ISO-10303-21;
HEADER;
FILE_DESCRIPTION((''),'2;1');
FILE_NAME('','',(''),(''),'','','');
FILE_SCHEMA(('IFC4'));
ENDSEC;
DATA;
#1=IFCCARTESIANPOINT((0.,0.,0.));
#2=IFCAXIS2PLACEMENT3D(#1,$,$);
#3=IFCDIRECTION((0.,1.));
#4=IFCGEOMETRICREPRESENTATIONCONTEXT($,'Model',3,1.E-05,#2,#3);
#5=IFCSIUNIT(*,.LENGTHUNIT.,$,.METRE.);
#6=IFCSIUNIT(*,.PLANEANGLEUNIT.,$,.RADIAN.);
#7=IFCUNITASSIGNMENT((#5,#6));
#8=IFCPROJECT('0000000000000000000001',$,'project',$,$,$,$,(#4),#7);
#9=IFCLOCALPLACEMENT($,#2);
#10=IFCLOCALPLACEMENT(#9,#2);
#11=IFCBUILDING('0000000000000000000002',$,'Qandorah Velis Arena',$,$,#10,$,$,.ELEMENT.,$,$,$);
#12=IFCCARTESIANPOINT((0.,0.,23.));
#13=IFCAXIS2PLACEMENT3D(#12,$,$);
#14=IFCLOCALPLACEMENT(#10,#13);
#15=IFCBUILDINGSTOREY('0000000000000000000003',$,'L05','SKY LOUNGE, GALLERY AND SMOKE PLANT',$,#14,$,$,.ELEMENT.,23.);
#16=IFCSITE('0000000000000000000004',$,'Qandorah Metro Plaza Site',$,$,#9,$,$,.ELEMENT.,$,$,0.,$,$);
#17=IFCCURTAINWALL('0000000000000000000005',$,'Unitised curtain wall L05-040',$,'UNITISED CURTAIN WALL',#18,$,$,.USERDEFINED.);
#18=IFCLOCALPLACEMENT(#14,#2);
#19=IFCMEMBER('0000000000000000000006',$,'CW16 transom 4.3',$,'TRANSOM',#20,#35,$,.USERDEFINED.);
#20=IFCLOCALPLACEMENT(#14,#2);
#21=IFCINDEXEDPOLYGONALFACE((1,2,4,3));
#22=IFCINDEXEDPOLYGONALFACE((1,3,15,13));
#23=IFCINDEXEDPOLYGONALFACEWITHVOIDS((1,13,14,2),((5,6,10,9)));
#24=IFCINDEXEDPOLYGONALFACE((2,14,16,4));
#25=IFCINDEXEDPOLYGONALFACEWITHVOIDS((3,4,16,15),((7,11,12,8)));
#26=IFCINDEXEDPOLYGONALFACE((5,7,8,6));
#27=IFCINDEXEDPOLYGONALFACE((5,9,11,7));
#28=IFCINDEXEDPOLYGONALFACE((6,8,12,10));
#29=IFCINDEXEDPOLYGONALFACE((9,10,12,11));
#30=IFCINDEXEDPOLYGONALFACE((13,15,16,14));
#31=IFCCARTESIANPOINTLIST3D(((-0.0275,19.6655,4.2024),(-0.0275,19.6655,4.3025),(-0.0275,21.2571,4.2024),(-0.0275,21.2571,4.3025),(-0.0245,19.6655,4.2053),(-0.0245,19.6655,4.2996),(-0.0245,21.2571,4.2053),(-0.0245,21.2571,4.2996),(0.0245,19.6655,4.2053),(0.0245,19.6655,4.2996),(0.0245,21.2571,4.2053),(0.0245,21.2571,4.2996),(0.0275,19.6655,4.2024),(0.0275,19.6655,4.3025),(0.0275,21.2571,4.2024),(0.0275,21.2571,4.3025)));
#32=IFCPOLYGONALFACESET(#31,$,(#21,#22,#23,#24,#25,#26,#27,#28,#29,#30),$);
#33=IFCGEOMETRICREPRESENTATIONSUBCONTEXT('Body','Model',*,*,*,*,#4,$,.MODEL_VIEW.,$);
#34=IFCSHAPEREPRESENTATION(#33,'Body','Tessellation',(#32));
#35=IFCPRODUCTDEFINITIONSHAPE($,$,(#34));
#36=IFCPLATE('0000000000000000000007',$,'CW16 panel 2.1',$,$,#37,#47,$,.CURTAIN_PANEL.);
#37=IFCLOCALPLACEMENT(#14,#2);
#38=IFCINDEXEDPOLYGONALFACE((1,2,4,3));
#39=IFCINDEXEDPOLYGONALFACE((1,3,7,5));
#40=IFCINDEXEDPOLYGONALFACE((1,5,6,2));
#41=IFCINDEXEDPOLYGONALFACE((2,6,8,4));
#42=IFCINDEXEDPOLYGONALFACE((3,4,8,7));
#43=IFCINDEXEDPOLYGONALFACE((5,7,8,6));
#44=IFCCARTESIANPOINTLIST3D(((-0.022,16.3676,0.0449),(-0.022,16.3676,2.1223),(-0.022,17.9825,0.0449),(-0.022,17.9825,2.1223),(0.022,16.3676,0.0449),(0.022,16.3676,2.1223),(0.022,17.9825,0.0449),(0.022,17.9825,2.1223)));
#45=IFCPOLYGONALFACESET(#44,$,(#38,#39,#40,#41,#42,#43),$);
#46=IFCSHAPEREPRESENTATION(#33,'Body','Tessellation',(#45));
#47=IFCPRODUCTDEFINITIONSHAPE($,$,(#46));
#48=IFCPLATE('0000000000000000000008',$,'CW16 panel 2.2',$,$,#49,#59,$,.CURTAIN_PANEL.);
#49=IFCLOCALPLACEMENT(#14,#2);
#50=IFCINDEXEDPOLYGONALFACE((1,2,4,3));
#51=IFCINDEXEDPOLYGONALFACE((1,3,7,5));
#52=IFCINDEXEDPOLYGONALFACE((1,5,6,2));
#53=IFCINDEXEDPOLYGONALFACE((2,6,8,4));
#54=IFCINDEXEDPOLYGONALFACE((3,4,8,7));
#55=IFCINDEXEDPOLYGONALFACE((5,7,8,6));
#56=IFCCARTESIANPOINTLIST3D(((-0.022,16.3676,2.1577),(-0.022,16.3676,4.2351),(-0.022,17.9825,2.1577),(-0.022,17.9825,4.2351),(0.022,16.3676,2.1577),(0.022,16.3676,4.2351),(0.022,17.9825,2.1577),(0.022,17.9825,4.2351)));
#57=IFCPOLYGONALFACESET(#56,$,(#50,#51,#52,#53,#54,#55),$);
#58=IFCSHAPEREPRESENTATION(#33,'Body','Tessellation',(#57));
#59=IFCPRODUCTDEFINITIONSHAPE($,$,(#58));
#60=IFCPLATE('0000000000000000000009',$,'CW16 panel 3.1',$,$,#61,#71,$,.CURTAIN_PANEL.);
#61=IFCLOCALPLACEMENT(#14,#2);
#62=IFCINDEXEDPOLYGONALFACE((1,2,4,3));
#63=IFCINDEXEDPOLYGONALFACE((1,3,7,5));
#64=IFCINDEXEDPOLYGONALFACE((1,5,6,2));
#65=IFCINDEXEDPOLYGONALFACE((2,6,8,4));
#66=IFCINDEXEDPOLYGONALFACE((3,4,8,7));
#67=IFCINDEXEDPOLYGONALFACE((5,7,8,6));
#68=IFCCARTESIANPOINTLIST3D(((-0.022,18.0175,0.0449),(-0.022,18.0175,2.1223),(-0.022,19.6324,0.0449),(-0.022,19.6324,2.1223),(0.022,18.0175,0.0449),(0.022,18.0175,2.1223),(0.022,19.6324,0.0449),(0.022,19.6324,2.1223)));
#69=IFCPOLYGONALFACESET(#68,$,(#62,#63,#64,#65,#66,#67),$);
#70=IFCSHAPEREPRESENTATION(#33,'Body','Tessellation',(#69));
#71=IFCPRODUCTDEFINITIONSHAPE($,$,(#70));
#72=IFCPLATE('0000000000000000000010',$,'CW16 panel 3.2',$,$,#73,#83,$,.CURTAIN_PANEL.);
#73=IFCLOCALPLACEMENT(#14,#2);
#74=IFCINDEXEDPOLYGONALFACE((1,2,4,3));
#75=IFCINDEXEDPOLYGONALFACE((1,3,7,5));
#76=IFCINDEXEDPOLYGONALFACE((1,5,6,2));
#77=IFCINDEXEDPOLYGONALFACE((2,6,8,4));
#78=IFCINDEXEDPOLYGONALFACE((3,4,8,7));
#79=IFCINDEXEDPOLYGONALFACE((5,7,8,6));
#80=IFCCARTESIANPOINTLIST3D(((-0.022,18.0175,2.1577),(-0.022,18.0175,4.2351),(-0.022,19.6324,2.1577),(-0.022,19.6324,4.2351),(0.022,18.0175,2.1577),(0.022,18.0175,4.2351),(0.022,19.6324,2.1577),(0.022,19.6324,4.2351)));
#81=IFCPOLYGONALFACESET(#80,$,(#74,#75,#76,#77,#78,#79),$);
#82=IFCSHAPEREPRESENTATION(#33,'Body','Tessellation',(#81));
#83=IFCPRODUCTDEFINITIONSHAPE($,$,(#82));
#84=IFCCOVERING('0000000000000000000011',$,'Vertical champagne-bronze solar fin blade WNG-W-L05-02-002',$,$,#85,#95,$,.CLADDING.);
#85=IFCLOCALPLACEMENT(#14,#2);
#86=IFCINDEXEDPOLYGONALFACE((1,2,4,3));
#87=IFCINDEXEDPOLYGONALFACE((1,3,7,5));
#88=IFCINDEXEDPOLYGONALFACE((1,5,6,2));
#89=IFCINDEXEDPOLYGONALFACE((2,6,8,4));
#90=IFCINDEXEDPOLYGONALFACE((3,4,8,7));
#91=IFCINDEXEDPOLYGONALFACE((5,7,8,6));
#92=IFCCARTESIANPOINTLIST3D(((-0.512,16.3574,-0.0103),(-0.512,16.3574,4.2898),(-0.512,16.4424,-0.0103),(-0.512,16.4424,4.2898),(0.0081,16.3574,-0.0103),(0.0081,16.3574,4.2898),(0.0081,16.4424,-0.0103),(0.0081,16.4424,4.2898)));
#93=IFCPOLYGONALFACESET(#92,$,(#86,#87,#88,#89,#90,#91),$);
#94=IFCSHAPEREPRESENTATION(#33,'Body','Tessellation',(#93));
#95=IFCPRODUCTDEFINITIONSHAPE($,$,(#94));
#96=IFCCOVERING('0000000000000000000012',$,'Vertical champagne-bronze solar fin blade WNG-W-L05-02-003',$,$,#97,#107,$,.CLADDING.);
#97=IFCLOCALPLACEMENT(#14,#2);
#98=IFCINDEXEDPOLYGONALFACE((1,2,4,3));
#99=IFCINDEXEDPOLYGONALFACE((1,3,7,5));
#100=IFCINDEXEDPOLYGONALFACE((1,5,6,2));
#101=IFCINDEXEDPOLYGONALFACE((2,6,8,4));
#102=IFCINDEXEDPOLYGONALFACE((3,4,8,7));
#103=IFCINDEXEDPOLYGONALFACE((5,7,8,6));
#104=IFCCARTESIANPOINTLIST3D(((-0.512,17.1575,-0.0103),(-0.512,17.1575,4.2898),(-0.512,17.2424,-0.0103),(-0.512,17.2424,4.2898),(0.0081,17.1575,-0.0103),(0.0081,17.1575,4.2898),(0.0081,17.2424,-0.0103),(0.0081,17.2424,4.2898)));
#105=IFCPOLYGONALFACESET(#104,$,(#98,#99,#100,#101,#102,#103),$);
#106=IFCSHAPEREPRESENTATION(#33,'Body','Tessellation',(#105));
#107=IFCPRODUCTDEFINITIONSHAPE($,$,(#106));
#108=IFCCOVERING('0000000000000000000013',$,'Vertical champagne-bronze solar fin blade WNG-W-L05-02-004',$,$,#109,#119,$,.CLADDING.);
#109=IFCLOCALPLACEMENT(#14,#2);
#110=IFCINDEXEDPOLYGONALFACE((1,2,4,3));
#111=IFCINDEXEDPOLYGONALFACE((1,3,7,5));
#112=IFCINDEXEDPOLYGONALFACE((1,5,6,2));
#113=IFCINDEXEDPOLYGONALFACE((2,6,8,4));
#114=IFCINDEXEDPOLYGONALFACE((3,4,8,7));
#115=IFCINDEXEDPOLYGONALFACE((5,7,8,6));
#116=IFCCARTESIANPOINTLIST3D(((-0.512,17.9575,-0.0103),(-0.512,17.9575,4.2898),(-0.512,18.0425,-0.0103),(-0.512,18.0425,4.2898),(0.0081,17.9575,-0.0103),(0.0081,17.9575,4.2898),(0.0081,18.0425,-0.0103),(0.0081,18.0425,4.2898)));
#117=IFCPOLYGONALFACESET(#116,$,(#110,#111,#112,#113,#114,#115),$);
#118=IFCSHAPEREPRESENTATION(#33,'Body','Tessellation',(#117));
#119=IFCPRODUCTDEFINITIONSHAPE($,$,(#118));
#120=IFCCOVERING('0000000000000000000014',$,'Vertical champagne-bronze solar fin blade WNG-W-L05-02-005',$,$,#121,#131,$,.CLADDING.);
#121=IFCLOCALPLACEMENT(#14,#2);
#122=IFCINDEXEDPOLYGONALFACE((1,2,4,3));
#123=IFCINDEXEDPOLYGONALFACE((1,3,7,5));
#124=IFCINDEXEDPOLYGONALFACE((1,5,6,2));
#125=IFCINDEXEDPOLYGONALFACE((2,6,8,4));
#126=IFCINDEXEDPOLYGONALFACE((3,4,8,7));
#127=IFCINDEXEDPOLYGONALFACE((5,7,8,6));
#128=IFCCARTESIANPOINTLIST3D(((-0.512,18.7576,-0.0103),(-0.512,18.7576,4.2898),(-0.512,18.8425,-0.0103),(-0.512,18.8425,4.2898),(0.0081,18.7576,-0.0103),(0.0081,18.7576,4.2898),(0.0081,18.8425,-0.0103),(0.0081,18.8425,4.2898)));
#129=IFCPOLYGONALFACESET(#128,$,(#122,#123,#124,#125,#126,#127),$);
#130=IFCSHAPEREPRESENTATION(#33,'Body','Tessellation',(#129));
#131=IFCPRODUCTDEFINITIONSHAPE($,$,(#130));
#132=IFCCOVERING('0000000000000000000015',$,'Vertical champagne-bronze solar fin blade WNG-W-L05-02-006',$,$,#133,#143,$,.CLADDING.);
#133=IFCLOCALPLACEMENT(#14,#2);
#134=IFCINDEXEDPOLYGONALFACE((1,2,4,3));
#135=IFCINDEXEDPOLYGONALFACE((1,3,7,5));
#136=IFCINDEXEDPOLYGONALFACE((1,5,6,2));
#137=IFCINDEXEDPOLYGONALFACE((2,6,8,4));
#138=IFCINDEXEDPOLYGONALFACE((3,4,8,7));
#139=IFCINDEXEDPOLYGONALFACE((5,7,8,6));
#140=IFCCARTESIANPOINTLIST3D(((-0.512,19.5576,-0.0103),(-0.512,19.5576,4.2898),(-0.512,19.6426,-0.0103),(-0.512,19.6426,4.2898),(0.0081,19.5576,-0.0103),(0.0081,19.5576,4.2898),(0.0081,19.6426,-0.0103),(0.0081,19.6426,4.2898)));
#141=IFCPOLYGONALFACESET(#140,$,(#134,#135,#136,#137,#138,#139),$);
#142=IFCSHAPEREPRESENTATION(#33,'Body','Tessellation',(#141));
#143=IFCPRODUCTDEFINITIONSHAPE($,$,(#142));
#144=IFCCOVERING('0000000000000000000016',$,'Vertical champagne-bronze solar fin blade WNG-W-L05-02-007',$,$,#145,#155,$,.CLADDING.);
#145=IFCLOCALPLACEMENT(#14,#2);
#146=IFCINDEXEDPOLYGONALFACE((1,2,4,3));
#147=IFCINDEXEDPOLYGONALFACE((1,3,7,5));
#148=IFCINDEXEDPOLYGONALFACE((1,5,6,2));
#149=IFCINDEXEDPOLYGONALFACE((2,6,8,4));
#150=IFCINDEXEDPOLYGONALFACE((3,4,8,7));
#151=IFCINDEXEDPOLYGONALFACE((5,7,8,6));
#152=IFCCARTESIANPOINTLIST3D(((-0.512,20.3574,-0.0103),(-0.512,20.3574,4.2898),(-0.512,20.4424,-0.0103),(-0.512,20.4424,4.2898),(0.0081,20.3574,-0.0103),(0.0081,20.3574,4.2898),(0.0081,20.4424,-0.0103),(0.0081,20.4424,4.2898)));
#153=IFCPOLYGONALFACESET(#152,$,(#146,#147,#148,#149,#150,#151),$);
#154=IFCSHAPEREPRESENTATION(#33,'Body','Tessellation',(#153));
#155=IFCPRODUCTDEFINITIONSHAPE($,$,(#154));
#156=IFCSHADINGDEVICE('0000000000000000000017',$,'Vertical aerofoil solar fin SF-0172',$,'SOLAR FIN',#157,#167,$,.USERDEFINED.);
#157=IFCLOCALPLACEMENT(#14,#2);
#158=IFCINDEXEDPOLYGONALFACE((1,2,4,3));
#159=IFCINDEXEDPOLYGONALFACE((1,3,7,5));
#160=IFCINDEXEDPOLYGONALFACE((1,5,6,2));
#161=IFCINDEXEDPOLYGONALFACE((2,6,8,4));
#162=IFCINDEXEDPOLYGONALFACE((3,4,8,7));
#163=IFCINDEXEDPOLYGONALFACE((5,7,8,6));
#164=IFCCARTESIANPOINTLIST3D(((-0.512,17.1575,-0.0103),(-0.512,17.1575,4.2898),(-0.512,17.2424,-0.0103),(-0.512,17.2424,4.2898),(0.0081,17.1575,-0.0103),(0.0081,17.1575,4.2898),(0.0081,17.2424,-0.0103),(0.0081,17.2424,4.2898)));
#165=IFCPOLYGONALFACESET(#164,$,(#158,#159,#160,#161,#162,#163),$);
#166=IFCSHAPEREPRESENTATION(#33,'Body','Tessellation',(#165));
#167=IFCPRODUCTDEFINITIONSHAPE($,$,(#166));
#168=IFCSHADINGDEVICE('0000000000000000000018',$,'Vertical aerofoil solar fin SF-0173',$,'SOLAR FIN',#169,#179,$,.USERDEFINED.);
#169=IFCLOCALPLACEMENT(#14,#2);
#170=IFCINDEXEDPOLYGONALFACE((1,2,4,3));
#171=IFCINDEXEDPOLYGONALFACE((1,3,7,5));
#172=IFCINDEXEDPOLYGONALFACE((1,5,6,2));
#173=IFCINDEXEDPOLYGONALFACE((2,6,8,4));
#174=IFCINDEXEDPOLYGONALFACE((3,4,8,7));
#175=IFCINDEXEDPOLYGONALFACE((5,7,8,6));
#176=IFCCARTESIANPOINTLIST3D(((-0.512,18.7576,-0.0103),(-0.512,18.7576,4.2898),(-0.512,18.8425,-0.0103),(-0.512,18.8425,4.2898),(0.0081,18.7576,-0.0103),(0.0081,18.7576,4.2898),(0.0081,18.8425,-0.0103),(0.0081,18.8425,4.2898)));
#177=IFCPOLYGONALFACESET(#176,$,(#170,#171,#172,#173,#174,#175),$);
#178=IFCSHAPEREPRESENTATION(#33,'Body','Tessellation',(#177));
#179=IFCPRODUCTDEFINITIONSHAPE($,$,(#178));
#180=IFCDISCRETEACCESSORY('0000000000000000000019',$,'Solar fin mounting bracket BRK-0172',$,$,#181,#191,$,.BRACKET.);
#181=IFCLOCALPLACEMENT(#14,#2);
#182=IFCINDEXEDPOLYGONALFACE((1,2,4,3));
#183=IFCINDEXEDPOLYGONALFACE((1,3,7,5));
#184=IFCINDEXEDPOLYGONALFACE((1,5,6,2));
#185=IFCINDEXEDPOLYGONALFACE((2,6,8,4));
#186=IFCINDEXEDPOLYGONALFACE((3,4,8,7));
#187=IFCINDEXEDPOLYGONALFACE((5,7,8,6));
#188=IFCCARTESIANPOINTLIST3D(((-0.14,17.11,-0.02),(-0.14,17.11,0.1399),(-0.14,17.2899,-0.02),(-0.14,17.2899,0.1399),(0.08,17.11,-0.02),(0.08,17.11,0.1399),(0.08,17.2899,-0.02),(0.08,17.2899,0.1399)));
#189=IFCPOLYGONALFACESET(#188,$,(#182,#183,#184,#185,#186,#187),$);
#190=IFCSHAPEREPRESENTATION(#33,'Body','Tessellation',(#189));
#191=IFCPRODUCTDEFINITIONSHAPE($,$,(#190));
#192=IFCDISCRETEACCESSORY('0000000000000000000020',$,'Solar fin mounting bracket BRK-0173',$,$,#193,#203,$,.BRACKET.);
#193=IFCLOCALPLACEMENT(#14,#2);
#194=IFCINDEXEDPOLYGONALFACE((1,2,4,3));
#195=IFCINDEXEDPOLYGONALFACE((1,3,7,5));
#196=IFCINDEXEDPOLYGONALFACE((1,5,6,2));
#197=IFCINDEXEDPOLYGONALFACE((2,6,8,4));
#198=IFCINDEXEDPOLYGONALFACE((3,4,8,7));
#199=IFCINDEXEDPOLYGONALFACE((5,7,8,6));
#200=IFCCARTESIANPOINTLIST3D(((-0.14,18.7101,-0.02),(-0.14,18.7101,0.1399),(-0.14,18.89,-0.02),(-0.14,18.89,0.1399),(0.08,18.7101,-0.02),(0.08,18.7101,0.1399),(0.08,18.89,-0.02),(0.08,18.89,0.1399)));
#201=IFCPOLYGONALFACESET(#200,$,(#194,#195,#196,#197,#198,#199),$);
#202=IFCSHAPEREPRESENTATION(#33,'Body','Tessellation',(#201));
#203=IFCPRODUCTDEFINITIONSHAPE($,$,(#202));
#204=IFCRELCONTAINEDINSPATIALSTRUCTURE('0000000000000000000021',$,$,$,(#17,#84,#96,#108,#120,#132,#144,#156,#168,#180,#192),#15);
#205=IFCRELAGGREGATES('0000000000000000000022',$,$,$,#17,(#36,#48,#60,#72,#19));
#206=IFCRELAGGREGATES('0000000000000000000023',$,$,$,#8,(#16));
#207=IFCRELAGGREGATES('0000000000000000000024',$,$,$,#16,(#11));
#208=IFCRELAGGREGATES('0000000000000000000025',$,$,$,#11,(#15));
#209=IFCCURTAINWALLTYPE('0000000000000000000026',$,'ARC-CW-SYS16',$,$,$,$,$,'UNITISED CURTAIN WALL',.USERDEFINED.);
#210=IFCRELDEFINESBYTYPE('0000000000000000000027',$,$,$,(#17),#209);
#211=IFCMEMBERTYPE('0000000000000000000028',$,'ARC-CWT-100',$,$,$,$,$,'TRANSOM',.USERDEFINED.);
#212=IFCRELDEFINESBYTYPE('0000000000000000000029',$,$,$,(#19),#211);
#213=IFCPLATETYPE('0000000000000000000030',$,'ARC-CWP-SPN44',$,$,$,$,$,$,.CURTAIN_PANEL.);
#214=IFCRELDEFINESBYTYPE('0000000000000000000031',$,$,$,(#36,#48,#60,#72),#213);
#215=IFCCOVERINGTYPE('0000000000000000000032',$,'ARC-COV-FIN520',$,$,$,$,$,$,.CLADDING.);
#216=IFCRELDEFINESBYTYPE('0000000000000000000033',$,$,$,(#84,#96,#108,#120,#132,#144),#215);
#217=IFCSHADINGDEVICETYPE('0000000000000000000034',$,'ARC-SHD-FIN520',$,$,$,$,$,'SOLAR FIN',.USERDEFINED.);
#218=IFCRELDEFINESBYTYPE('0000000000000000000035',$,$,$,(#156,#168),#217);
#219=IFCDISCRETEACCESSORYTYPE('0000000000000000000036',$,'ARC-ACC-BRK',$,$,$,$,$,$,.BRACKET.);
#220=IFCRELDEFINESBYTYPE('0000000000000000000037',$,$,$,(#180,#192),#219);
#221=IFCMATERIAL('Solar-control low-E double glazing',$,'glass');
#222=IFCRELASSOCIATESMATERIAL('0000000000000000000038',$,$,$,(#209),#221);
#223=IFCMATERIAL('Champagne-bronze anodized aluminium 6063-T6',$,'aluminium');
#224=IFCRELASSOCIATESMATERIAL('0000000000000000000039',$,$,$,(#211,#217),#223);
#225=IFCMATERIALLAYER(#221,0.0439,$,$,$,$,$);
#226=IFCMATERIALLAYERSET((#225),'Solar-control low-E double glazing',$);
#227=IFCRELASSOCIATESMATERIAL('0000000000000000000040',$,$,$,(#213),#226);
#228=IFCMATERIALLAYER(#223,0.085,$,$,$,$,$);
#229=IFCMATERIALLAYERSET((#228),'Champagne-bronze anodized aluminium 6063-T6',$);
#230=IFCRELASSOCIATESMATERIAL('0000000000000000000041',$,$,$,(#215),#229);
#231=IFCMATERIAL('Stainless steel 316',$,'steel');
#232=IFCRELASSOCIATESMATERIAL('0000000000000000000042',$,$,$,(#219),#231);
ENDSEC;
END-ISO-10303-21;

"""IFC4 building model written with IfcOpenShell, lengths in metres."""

from ifc_helpers import new_model, si_unit, direction, frame, origin, origin_2d, place, context, subcontext, project, spatial, rectangle, hollow_rectangle, extrude, material, layer, layer_set, material_profile, profile_set, type_object, element, aggregate, save


model = new_model("IFC4")

# Units and contexts
model_context = context("Model", 3, precision=1e-05, world=origin(), true_north=direction((0.0, 1.0)))
body_context = subcontext(model_context, "Body", "Model", "MODEL_VIEW")
ifc_project = project(units=[si_unit("LENGTHUNIT", "METRE"), si_unit("PLANEANGLEUNIT", "RADIAN")], contexts=[model_context])

# Site, building, storey
site_placement = place(None, origin())
site = spatial("IfcSite", under=ifc_project, at=site_placement, Name="Qandorah Metro Plaza Site", CompositionType="ELEMENT", RefElevation=0.0)
building_placement = place(site_placement, origin())
building = spatial("IfcBuilding", under=site, at=building_placement, Name="Qandorah Velis Arena", CompositionType="ELEMENT")
storey_placement = place(building_placement, frame((0.0, 0.0, 23.0)))
storey = spatial("IfcBuildingStorey", under=building, at=storey_placement, Name="L05", Description="SKY LOUNGE, GALLERY AND SMOKE PLANT", CompositionType="ELEMENT", Elevation=23.0)

# Curtain wall, member, plates
ifc_material_1 = material(Name="Solar-control low-E double glazing", Category="glass")
curtain_wall_type = type_object("IfcCurtainWallType", Name="ARC-CW-SYS16", ElementType="UNITISED CURTAIN WALL", PredefinedType="USERDEFINED", material=ifc_material_1)
curtain_wall_placement = place(storey_placement, origin())
curtain_wall = element("IfcCurtainWall", 1, at=curtain_wall_placement, inside=storey, type_object=curtain_wall_type, Name="Unitised curtain wall L05-040", ObjectType="UNITISED CURTAIN WALL", PredefinedType="USERDEFINED")
ifc_material_2 = material(Name="Champagne-bronze anodized aluminium 6063-T6", Category="aluminium")
ifc_material_profile_1 = material_profile(ifc_material_2, hollow_rectangle(XDim=0.0549, YDim=0.1001, WallThickness=0.0029, at=origin_2d()), Name="ALU TRANSOM 55x100")
ifc_profile_set_1 = profile_set([ifc_material_profile_1], Name="Champagne-bronze anodized aluminium 6063-T6")
member_type_1 = type_object("IfcMemberType", Name="ARC-CWT-100", ElementType="TRANSOM", PredefinedType="USERDEFINED", material=ifc_profile_set_1)
member_1_placement = place(storey_placement, frame((0.0, 19.6655, 4.2524), z_axis=(0.0, 1.0, 0.0), x_axis=(-1.0, 0.0, 0.0)))
member_1 = element("IfcMember", 2, at=member_1_placement, type_object=member_type_1, Name="CW16 transom 4.3", ObjectType="TRANSOM", PredefinedType="USERDEFINED", context=body_context, shape_type="SweptSolid", body=[
    extrude(hollow_rectangle(XDim=0.0549, YDim=0.1001, WallThickness=0.0029, at=origin_2d()), origin(), (0.0, 0.0, 1.0), 1.5916),
])
ifc_layer_1 = layer(ifc_material_1, 0.0439)
ifc_layer_set_1 = layer_set([ifc_layer_1], Name="Solar-control low-E double glazing")
plate_type = type_object("IfcPlateType", Name="ARC-CWP-SPN44", PredefinedType="CURTAIN_PANEL", material=ifc_layer_set_1)
plate_1_placement = place(storey_placement, frame((0.0, 17.175, 0.0449), z_axis=(0.0, 0.0, 1.0), x_axis=(0.0, 1.0, 0.0)))
plate_1 = element("IfcPlate", 3, at=plate_1_placement, type_object=plate_type, Name="CW16 panel 2.1", PredefinedType="CURTAIN_PANEL", context=body_context, shape_type="SweptSolid", body=[
    extrude(rectangle(XDim=1.615, YDim=0.0439, at=origin_2d()), origin(), (0.0, 0.0, 1.0), 2.0774),
])
plate_2_placement = place(storey_placement, frame((0.0, 17.175, 2.1577), z_axis=(0.0, 0.0, 1.0), x_axis=(0.0, 1.0, 0.0)))
plate_2 = element("IfcPlate", 4, at=plate_2_placement, type_object=plate_type, Name="CW16 panel 2.2", PredefinedType="CURTAIN_PANEL", context=body_context, shape_type="SweptSolid", body=[
    extrude(rectangle(XDim=1.615, YDim=0.0439, at=origin_2d()), origin(), (0.0, 0.0, 1.0), 2.0774),
])
plate_3_placement = place(storey_placement, frame((0.0, 18.825, 0.0449), z_axis=(0.0, 0.0, 1.0), x_axis=(0.0, 1.0, 0.0)))
plate_3 = element("IfcPlate", 5, at=plate_3_placement, type_object=plate_type, Name="CW16 panel 3.1", PredefinedType="CURTAIN_PANEL", context=body_context, shape_type="SweptSolid", body=[
    extrude(rectangle(XDim=1.615, YDim=0.0439, at=origin_2d()), origin(), (0.0, 0.0, 1.0), 2.0774),
])
plate_4_placement = place(storey_placement, frame((0.0, 18.825, 2.1577), z_axis=(0.0, 0.0, 1.0), x_axis=(0.0, 1.0, 0.0)))
plate_4 = element("IfcPlate", 6, at=plate_4_placement, type_object=plate_type, Name="CW16 panel 3.2", PredefinedType="CURTAIN_PANEL", context=body_context, shape_type="SweptSolid", body=[
    extrude(rectangle(XDim=1.615, YDim=0.0439, at=origin_2d()), origin(), (0.0, 0.0, 1.0), 2.0774),
])
aggregate(curtain_wall, [plate_1, plate_2, plate_3, plate_4, member_1])

# Coverings
ifc_layer_2 = layer(ifc_material_2, 0.085)
ifc_layer_set_2 = layer_set([ifc_layer_2], Name="Champagne-bronze anodized aluminium 6063-T6")
covering_type = type_object("IfcCoveringType", Name="ARC-COV-FIN520", PredefinedType="CLADDING", material=ifc_layer_set_2)
for number, where, z_axis, x_axis, name in (
    (7, (-0.252, 16.3999, -0.0103), (0.0, 0.0, 1.0), (1.0, 0.0, 0.0), "Vertical champagne-bronze solar fin blade WNG-W-L05-02-002"),
    (8, (-0.252, 17.2, -0.0103), (0.0, 0.0, 1.0), (1.0, 0.0, 0.0), "Vertical champagne-bronze solar fin blade WNG-W-L05-02-003"),
    (9, (-0.252, 18.0, -0.0103), (0.0, 0.0, 1.0), (1.0, 0.0, 0.0), "Vertical champagne-bronze solar fin blade WNG-W-L05-02-004"),
    (10, (-0.252, 18.8, -0.0103), (0.0, 0.0, 1.0), (1.0, 0.0, 0.0), "Vertical champagne-bronze solar fin blade WNG-W-L05-02-005"),
    (11, (-0.252, 19.6001, -0.0103), (0.0, 0.0, 1.0), (1.0, 0.0, 0.0), "Vertical champagne-bronze solar fin blade WNG-W-L05-02-006"),
    (12, (-0.252, 20.3999, -0.0103), (0.0, 0.0, 1.0), (1.0, 0.0, 0.0), "Vertical champagne-bronze solar fin blade WNG-W-L05-02-007"),
):
    element("IfcCovering", number, at=place(storey_placement, frame(where, z_axis=z_axis, x_axis=x_axis)), inside=storey, type_object=covering_type, Name=name, PredefinedType="CLADDING", context=body_context, shape_type="SweptSolid", body=[
        extrude(rectangle(XDim=0.52, YDim=0.085, at=origin_2d()), origin(), (0.0, 0.0, 1.0), 4.3),
    ])

# Shading devices
shading_device_type = type_object("IfcShadingDeviceType", Name="ARC-SHD-FIN520", ElementType="SOLAR FIN", PredefinedType="USERDEFINED", material=ifc_material_2)
for number, where, z_axis, x_axis, name in (
    (13, (-0.252, 17.2, -0.0103), (0.0, 0.0, 1.0), (1.0, 0.0, 0.0), "Vertical aerofoil solar fin SF-0172"),
    (14, (-0.252, 18.8, -0.0103), (0.0, 0.0, 1.0), (1.0, 0.0, 0.0), "Vertical aerofoil solar fin SF-0173"),
):
    element("IfcShadingDevice", number, at=place(storey_placement, frame(where, z_axis=z_axis, x_axis=x_axis)), inside=storey, type_object=shading_device_type, Name=name, ObjectType="SOLAR FIN", PredefinedType="USERDEFINED", context=body_context, shape_type="SweptSolid", body=[
        extrude(rectangle(XDim=0.52, YDim=0.085, at=origin_2d()), origin(), (0.0, 0.0, 1.0), 4.3),
    ])

# Discrete accessories
ifc_material_3 = material(Name="Stainless steel 316", Category="steel")
discrete_accessory_type = type_object("IfcDiscreteAccessoryType", Name="ARC-ACC-BRK", PredefinedType="BRACKET", material=ifc_material_3)
for number, where, z_axis, x_axis, name in (
    (15, (-0.03, 17.2, -0.02), (0.0, 0.0, 1.0), (1.0, 0.0, 0.0), "Solar fin mounting bracket BRK-0172"),
    (16, (-0.03, 18.8, -0.02), (0.0, 0.0, 1.0), (1.0, 0.0, 0.0), "Solar fin mounting bracket BRK-0173"),
):
    element("IfcDiscreteAccessory", number, at=place(storey_placement, frame(where, z_axis=z_axis, x_axis=x_axis)), inside=storey, type_object=discrete_accessory_type, Name=name, PredefinedType="BRACKET", context=body_context, shape_type="SweptSolid", body=[
        extrude(rectangle(XDim=0.22, YDim=0.1799, at=origin_2d()), origin(), (0.0, 0.0, 1.0), 0.1599),
    ])

save(model, "model.ifc")
